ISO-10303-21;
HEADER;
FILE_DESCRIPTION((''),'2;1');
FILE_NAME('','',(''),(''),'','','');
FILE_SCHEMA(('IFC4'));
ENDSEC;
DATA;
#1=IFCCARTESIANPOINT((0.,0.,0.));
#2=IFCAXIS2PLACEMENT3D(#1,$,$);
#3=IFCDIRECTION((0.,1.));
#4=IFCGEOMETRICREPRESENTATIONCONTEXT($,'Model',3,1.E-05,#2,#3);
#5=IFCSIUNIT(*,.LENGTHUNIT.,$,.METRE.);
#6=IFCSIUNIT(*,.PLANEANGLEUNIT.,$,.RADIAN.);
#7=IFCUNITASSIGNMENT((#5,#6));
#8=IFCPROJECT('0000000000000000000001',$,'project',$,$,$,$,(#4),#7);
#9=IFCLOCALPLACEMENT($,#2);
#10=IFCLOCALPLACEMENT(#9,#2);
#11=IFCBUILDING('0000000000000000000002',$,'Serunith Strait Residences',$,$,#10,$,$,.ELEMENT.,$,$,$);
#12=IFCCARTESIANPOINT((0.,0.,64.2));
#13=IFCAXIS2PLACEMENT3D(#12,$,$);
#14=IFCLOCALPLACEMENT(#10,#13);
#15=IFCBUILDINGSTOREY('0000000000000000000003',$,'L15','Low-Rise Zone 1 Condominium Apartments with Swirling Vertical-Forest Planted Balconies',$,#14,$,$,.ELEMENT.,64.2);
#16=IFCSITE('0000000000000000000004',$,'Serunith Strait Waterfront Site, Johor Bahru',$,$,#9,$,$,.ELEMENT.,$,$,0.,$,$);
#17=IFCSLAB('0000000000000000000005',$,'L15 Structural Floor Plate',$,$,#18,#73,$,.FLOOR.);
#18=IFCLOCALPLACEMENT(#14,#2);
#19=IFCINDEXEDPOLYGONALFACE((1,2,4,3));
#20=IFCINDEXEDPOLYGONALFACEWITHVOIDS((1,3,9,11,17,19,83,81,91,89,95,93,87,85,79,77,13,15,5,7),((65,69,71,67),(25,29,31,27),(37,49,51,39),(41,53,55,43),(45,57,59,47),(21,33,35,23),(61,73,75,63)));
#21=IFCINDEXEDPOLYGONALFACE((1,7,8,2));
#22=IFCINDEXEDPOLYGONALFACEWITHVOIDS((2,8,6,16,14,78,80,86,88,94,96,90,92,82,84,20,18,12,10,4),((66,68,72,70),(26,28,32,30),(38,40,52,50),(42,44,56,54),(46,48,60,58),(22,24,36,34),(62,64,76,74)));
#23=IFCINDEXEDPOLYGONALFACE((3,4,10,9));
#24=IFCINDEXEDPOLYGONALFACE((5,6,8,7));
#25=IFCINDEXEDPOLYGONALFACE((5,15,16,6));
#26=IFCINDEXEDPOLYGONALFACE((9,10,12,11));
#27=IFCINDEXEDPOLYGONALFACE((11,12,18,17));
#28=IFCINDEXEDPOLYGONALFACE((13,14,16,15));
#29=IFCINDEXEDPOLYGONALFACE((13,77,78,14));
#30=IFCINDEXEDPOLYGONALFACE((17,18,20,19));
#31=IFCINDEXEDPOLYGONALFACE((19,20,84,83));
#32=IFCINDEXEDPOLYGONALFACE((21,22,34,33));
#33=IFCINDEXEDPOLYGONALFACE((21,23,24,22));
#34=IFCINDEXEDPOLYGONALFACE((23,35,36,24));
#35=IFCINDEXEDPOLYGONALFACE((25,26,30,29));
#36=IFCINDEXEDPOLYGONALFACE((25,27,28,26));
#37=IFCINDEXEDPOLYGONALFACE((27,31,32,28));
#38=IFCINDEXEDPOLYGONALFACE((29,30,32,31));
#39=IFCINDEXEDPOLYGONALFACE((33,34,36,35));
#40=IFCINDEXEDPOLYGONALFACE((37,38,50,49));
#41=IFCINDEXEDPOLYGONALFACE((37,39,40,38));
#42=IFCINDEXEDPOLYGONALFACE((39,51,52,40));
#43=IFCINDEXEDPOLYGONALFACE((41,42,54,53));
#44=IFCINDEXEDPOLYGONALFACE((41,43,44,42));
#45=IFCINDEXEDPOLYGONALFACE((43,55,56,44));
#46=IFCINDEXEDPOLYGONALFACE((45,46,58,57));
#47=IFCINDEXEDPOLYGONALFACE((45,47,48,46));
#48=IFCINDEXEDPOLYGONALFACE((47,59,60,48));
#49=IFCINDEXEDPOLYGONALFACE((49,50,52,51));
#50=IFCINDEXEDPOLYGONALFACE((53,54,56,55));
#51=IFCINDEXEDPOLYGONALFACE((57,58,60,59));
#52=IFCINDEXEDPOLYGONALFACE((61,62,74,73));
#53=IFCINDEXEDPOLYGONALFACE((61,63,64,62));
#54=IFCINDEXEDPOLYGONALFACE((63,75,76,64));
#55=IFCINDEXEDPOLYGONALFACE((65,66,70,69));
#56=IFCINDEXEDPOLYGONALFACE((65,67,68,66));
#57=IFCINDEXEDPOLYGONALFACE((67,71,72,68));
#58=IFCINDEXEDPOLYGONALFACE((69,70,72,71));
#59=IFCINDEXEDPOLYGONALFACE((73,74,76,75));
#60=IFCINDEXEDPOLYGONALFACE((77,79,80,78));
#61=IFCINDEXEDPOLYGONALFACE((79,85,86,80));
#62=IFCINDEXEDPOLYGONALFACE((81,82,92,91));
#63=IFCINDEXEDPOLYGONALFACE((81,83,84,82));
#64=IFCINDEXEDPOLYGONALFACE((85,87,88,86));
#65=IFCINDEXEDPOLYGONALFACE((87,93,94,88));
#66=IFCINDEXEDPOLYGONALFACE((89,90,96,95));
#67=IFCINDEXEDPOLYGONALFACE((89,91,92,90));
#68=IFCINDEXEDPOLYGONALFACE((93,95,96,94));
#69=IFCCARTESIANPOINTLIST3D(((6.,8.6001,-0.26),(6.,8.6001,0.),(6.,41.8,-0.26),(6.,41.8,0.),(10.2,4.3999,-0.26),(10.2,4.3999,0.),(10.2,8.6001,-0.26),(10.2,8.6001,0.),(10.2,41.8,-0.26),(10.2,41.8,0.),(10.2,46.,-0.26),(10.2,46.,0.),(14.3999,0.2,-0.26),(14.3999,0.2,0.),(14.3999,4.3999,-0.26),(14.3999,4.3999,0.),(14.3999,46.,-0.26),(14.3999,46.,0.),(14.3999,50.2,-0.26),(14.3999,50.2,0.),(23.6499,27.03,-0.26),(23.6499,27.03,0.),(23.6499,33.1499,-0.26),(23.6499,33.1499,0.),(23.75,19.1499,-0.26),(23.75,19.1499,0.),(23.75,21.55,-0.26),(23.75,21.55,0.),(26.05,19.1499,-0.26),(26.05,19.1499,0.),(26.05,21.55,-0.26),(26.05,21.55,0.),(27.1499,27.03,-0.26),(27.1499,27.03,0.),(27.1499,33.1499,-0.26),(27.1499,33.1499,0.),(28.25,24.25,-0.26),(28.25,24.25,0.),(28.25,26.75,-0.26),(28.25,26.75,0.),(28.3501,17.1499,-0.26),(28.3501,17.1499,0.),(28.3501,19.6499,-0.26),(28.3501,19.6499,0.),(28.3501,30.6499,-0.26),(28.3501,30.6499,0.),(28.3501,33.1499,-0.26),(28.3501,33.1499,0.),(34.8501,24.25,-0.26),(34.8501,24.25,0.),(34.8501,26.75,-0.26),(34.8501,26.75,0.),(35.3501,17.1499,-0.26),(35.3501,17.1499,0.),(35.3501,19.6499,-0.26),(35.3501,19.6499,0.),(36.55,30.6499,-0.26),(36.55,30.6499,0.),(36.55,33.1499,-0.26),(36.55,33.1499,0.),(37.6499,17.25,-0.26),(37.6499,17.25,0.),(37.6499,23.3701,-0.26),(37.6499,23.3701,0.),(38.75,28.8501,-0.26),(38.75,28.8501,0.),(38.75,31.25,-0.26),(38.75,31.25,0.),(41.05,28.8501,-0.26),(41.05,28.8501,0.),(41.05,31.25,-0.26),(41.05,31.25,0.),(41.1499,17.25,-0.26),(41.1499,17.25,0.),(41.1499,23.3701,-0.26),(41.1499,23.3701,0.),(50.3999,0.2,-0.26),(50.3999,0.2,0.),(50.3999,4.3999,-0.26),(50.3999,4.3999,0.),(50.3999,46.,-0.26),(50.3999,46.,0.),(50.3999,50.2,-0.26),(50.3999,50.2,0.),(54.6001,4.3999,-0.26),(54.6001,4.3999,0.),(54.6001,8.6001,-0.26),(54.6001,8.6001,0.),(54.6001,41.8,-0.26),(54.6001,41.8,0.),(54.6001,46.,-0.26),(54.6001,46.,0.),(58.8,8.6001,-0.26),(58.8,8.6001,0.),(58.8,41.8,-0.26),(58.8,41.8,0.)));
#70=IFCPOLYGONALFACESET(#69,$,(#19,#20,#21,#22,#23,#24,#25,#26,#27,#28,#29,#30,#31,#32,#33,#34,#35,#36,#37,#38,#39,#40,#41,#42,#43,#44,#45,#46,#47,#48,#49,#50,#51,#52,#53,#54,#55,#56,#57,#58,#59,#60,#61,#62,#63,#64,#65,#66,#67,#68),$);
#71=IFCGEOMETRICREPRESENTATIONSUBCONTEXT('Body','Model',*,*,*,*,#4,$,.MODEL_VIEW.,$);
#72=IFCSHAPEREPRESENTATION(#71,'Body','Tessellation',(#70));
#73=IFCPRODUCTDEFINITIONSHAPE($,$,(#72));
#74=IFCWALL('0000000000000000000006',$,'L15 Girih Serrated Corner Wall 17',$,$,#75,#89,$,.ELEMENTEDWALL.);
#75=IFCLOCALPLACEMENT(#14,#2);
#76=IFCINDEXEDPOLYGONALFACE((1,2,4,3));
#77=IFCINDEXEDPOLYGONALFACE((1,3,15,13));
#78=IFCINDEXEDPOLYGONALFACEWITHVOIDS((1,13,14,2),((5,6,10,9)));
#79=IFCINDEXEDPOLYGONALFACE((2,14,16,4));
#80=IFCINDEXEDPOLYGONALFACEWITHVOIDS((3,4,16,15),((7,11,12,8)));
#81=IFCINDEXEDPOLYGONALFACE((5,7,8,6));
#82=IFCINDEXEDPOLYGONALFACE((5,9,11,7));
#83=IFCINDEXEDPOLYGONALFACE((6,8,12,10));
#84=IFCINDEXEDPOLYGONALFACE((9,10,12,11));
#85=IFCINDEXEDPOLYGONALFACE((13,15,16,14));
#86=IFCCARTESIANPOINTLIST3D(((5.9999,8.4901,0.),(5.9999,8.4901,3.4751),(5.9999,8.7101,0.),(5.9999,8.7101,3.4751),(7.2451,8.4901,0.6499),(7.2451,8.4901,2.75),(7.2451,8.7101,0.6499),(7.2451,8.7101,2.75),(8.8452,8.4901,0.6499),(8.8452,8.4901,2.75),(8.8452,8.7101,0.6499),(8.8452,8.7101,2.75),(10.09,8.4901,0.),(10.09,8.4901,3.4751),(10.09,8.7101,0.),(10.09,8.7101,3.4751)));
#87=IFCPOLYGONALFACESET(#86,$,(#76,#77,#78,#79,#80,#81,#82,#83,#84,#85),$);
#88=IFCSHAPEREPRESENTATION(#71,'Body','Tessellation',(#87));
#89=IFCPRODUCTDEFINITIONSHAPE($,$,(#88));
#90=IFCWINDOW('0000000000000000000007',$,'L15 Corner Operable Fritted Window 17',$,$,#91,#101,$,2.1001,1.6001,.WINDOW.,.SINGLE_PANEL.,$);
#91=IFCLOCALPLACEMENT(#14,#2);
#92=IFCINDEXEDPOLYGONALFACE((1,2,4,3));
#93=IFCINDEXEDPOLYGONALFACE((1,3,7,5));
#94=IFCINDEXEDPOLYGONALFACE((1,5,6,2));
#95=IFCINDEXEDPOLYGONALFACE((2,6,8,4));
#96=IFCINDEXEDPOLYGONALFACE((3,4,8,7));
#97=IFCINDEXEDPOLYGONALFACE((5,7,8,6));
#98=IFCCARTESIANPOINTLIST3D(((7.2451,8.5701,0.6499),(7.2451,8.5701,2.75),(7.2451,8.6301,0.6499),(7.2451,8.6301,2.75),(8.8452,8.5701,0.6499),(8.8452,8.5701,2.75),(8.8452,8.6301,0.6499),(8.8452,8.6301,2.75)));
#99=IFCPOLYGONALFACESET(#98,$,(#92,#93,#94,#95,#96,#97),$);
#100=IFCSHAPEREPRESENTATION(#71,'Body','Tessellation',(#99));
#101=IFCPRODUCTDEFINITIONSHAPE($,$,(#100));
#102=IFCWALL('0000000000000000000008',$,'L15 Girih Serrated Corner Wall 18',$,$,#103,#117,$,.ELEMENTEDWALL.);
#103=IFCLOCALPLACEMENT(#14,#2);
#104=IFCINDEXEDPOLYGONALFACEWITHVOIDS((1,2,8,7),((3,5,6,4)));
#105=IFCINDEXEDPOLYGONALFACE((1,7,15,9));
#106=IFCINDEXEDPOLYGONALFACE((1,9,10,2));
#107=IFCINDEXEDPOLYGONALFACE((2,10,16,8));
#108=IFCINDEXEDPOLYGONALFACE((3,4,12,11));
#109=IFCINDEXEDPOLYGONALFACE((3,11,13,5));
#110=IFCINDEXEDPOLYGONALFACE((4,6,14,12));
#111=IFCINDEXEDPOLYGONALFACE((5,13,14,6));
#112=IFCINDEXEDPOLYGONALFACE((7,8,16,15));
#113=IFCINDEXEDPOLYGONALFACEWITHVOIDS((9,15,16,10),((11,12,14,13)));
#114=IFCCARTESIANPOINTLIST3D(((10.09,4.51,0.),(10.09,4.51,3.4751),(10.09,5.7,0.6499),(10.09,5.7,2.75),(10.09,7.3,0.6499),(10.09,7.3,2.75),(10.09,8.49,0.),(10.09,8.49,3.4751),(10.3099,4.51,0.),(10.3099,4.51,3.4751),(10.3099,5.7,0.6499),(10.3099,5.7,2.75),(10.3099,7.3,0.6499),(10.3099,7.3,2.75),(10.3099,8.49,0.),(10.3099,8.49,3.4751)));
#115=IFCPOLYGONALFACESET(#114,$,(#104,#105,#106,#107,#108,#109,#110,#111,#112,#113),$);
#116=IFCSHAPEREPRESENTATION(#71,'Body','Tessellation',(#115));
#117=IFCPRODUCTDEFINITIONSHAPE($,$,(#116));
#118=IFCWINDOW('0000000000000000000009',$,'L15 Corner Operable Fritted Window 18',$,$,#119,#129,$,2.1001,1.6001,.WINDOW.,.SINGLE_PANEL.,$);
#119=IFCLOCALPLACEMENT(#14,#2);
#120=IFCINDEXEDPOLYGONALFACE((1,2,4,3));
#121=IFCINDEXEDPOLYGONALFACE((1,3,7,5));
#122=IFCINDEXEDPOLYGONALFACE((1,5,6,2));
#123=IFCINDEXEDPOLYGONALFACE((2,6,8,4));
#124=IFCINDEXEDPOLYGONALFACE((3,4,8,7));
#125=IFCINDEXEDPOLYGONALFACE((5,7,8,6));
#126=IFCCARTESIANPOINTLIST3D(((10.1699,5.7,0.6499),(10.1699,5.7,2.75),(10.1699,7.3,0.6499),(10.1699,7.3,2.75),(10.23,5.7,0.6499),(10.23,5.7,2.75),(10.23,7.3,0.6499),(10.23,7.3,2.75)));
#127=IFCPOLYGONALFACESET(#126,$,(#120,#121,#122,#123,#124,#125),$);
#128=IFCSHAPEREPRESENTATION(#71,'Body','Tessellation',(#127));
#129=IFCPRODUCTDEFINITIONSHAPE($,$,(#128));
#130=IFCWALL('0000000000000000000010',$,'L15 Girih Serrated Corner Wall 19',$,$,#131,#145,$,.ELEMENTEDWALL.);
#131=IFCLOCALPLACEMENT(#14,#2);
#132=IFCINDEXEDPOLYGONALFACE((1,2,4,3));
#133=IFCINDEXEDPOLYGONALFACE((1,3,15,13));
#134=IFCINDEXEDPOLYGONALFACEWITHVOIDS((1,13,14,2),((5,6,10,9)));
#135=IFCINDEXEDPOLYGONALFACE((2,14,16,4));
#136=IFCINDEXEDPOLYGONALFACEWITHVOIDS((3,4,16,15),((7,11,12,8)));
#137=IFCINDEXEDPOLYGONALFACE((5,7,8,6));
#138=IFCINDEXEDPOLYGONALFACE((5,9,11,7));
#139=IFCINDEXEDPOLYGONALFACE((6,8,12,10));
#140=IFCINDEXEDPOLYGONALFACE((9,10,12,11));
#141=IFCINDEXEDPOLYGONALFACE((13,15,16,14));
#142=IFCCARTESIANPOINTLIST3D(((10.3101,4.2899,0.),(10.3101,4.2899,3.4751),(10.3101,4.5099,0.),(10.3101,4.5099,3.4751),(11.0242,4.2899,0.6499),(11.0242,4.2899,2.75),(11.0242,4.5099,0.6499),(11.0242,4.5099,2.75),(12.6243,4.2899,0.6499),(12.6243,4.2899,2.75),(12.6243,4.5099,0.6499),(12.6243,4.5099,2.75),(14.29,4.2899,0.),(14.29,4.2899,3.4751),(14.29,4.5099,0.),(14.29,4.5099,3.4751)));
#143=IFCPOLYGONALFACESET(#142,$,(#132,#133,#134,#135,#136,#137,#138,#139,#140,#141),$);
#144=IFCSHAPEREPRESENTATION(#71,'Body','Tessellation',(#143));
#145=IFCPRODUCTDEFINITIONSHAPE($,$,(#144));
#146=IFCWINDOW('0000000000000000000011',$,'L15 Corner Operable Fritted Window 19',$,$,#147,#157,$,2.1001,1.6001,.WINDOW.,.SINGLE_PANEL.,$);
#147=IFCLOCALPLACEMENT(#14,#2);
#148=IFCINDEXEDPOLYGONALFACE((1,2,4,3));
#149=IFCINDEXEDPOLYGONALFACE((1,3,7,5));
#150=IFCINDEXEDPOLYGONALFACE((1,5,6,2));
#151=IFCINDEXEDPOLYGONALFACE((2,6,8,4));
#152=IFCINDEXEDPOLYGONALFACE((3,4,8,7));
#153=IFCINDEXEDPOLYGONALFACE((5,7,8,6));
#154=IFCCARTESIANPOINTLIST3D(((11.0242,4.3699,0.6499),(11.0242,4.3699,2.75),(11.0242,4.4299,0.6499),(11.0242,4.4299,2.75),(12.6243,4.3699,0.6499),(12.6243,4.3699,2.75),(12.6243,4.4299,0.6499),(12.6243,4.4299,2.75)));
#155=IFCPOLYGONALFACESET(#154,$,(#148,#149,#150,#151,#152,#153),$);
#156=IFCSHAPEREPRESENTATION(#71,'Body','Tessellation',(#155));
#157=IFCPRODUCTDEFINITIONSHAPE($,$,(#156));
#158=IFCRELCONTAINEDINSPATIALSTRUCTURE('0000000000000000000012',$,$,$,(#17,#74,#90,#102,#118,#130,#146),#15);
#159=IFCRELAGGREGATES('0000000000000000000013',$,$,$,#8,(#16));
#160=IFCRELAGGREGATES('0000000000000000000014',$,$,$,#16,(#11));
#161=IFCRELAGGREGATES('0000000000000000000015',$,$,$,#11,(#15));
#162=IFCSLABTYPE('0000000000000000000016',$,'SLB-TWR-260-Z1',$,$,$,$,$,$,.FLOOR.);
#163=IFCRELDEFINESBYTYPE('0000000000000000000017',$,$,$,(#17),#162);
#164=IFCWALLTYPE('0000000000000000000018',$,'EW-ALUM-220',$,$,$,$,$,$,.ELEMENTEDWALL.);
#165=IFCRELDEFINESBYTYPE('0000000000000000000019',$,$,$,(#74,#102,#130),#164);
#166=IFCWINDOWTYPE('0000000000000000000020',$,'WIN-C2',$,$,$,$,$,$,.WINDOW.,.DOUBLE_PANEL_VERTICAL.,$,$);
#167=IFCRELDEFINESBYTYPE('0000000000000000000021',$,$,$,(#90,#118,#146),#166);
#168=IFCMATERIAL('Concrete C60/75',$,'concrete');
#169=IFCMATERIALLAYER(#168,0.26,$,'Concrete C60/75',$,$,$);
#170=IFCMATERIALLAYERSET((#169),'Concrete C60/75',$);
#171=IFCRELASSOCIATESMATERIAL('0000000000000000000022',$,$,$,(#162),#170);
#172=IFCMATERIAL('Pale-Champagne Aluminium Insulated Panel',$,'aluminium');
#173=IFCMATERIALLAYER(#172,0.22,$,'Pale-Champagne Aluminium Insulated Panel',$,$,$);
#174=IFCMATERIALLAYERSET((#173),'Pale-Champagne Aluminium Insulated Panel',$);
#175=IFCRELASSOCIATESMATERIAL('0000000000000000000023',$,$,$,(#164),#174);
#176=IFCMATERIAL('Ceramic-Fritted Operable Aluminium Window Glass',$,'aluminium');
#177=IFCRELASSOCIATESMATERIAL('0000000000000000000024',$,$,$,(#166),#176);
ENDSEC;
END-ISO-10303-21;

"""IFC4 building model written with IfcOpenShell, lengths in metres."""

from ifc_helpers import new_model, si_unit, direction, frame, frame_2d, origin, place, context, subcontext, project, spatial, polyline, rectangle, outline, extrude, source, transform, mapped, material, layer, layer_set, type_object, element, fill, save


model = new_model("IFC4")

# Units and contexts
model_context = context("Model", 3, precision=1e-05, world=origin(), true_north=direction((0.0, 1.0)))
body_context = subcontext(model_context, "Body", "Model", "MODEL_VIEW")
ifc_project = project(units=[si_unit("LENGTHUNIT", "METRE"), si_unit("PLANEANGLEUNIT", "RADIAN")], contexts=[model_context])

# Site, building, storey
site_placement = place(None, origin())
site = spatial("IfcSite", under=ifc_project, at=site_placement, Name="Serunith Strait Waterfront Site, Johor Bahru", CompositionType="ELEMENT", RefElevation=0.0)
building_placement = place(site_placement, origin())
building = spatial("IfcBuilding", under=site, at=building_placement, Name="Serunith Strait Residences", CompositionType="ELEMENT")
storey_placement = place(building_placement, frame((0.0, 0.0, 64.2)))
storey = spatial("IfcBuildingStorey", under=building, at=storey_placement, Name="L15", Description="Low-Rise Zone 1 Condominium Apartments with Swirling Vertical-Forest Planted Balconies", CompositionType="ELEMENT", Elevation=64.2)

# Slab
ifc_material_1 = material(Name="Concrete C60/75", Category="concrete")
ifc_layer_1 = layer(ifc_material_1, 0.26, Name="Concrete C60/75")
ifc_layer_set_1 = layer_set([ifc_layer_1], Name="Concrete C60/75")
slab_type_1 = type_object("IfcSlabType", Name="SLB-TWR-260-Z1", PredefinedType="FLOOR", material=ifc_layer_set_1)
slab_1_placement = place(storey_placement, frame((0.0, 0.0, -0.26)))
element("IfcSlab", 1, at=slab_1_placement, inside=storey, type_object=slab_type_1, Name="L15 Structural Floor Plate", PredefinedType="FLOOR", context=body_context, shape_type="SweptSolid", body=[
    extrude(outline(polyline([(14.3999, 4.3999), (10.2, 4.3999), (10.2, 8.6001), (6.0, 8.6001), (6.0, 41.8), (10.2, 41.8), (10.2, 46.0), (14.3999, 46.0), (14.3999, 50.2), (50.3999, 50.2), (50.3999, 46.0), (54.6001, 46.0), (54.6001, 41.8), (58.8, 41.8), (58.8, 8.6001), (54.6001, 8.6001), (54.6001, 4.3999), (50.3999, 4.3999), (50.3999, 0.2), (14.3999, 0.2), (14.3999, 4.3999)]), holes=[polyline([(41.1499, 17.25), (41.1499, 23.3701), (37.6499, 23.3701), (37.6499, 17.25), (41.1499, 17.25)]), polyline([(41.05, 31.25), (38.75, 31.25), (38.75, 28.8501), (41.05, 28.8501), (41.05, 31.25)]), polyline([(36.55, 33.1499), (28.3501, 33.1499), (28.3501, 30.6499), (36.55, 30.6499), (36.55, 33.1499)]), polyline([(28.3501, 19.6499), (28.3501, 17.1499), (35.3501, 17.1499), (35.3501, 19.6499), (28.3501, 19.6499)]), polyline([(34.8501, 26.75), (28.25, 26.75), (28.25, 24.25), (34.8501, 24.25), (34.8501, 26.75)]), polyline([(23.6499, 33.1499), (23.6499, 27.03), (27.1499, 27.03), (27.1499, 33.1499), (23.6499, 33.1499)]), polyline([(26.05, 21.55), (23.75, 21.55), (23.75, 19.1499), (26.05, 19.1499), (26.05, 21.55)])]), origin(), (0.0, 0.0, 1.0), 0.26),
])

# Walls, openings, windows
ifc_material_2 = material(Name="Pale-Champagne Aluminium Insulated Panel", Category="aluminium")
ifc_layer_2 = layer(ifc_material_2, 0.22, Name="Pale-Champagne Aluminium Insulated Panel")
ifc_layer_set_2 = layer_set([ifc_layer_2], Name="Pale-Champagne Aluminium Insulated Panel")
wall_type_1 = type_object("IfcWallType", Name="EW-ALUM-220", PredefinedType="ELEMENTEDWALL", material=ifc_layer_set_2)
wall_1_placement = place(storey_placement, frame((6.0, 8.6001, 0.0), z_axis=(0.0, 0.0, 1.0), x_axis=(1.0, 0.0, 0.0)))
wall_1 = element("IfcWall", 2, at=wall_1_placement, inside=storey, type_object=wall_type_1, Name="L15 Girih Serrated Corner Wall 17", PredefinedType="ELEMENTEDWALL", context=body_context, shape_type="SweptSolid", body=[
    extrude(rectangle(XDim=4.0901, YDim=0.22, at=frame_2d((2.0449, 0.0))), origin(), (0.0, 0.0, 1.0), 3.4751),
])
opening_1_placement = place(wall_1_placement, frame((1.2451, 0.0, 0.6499)))
opening_1 = element("IfcOpeningElement", 3, at=opening_1_placement, cuts=wall_1, PredefinedType="OPENING", context=body_context, shape_type="SweptSolid", body=[
    extrude(rectangle(XDim=1.6001, YDim=2.1001, at=frame_2d((0.8, 1.05))), frame((0.0, 0.1201, 0.0), z_axis=(0.0, -1.0, 0.0), x_axis=(1.0, 0.0, 0.0)), (0.0, 0.0, 1.0), 0.24),
])
ifc_material_3 = material(Name="Ceramic-Fritted Operable Aluminium Window Glass", Category="aluminium")
window_type = type_object("IfcWindowType", Name="WIN-C2", PartitioningType="DOUBLE_PANEL_VERTICAL", PredefinedType="WINDOW", material=ifc_material_3)
shared_shape_1 = source(origin(), body_context, "Body", "SweptSolid", [
    extrude(rectangle(XDim=1.6001, YDim=2.1001, at=frame_2d((0.8, 1.05))), frame((0.0, 0.03, 0.0), z_axis=(0.0, -1.0, 0.0), x_axis=(1.0, 0.0, 0.0)), (0.0, 0.0, 1.0), 0.0601),
])
window_1_placement = place(opening_1_placement, origin())
window_1 = element("IfcWindow", 4, at=window_1_placement, inside=storey, type_object=window_type, Name="L15 Corner Operable Fritted Window 17", OverallHeight=2.1001, OverallWidth=1.6001, PartitioningType="SINGLE_PANEL", PredefinedType="WINDOW", context=body_context, shape_type="MappedRepresentation", body=[
    mapped(shared_shape_1, transform((0.0, 0.0, 0.0), scale=1.0)),
])
fill(opening_1, window_1)
wall_2_placement = place(storey_placement, frame((10.2, 8.49, 0.0), z_axis=(0.0, 0.0, 1.0), x_axis=(0.0, -1.0, 0.0)))
wall_2 = element("IfcWall", 5, at=wall_2_placement, inside=storey, type_object=wall_type_1, Name="L15 Girih Serrated Corner Wall 18", PredefinedType="ELEMENTEDWALL", context=body_context, shape_type="SweptSolid", body=[
    extrude(rectangle(XDim=3.98, YDim=0.22, at=frame_2d((1.99, 0.0))), origin(), (0.0, 0.0, 1.0), 3.4751),
])
opening_2_placement = place(wall_2_placement, frame((1.1899, 0.0, 0.6499)))
opening_2 = element("IfcOpeningElement", 6, at=opening_2_placement, cuts=wall_2, PredefinedType="OPENING", context=body_context, shape_type="SweptSolid", body=[
    extrude(rectangle(XDim=1.6001, YDim=2.1001, at=frame_2d((0.8, 1.05))), frame((0.0, 0.1201, 0.0), z_axis=(0.0, -1.0, 0.0), x_axis=(1.0, 0.0, 0.0)), (0.0, 0.0, 1.0), 0.24),
])
window_2_placement = place(opening_2_placement, origin())
window_2 = element("IfcWindow", 7, at=window_2_placement, inside=storey, type_object=window_type, Name="L15 Corner Operable Fritted Window 18", OverallHeight=2.1001, OverallWidth=1.6001, PartitioningType="SINGLE_PANEL", PredefinedType="WINDOW", context=body_context, shape_type="MappedRepresentation", body=[
    mapped(shared_shape_1, transform((0.0, 0.0, 0.0), scale=1.0)),
])
fill(opening_2, window_2)
wall_3_placement = place(storey_placement, frame((10.3101, 4.3999, 0.0), z_axis=(0.0, 0.0, 1.0), x_axis=(1.0, 0.0, 0.0)))
wall_3 = element("IfcWall", 8, at=wall_3_placement, inside=storey, type_object=wall_type_1, Name="L15 Girih Serrated Corner Wall 19", PredefinedType="ELEMENTEDWALL", context=body_context, shape_type="SweptSolid", body=[
    extrude(rectangle(XDim=3.98, YDim=0.22, at=frame_2d((1.99, 0.0))), origin(), (0.0, 0.0, 1.0), 3.4751),
])
opening_3_placement = place(wall_3_placement, frame((0.7141, 0.0, 0.6499)))
opening_3 = element("IfcOpeningElement", 9, at=opening_3_placement, cuts=wall_3, PredefinedType="OPENING", context=body_context, shape_type="SweptSolid", body=[
    extrude(rectangle(XDim=1.6001, YDim=2.1001, at=frame_2d((0.8, 1.05))), frame((0.0, 0.1201, 0.0), z_axis=(0.0, -1.0, 0.0), x_axis=(1.0, 0.0, 0.0)), (0.0, 0.0, 1.0), 0.24),
])
window_3_placement = place(opening_3_placement, origin())
window_3 = element("IfcWindow", 10, at=window_3_placement, inside=storey, type_object=window_type, Name="L15 Corner Operable Fritted Window 19", OverallHeight=2.1001, OverallWidth=1.6001, PartitioningType="SINGLE_PANEL", PredefinedType="WINDOW", context=body_context, shape_type="MappedRepresentation", body=[
    mapped(shared_shape_1, transform((0.0, 0.0, 0.0), scale=1.0)),
])
fill(opening_3, window_3)

save(model, "model.ifc")
